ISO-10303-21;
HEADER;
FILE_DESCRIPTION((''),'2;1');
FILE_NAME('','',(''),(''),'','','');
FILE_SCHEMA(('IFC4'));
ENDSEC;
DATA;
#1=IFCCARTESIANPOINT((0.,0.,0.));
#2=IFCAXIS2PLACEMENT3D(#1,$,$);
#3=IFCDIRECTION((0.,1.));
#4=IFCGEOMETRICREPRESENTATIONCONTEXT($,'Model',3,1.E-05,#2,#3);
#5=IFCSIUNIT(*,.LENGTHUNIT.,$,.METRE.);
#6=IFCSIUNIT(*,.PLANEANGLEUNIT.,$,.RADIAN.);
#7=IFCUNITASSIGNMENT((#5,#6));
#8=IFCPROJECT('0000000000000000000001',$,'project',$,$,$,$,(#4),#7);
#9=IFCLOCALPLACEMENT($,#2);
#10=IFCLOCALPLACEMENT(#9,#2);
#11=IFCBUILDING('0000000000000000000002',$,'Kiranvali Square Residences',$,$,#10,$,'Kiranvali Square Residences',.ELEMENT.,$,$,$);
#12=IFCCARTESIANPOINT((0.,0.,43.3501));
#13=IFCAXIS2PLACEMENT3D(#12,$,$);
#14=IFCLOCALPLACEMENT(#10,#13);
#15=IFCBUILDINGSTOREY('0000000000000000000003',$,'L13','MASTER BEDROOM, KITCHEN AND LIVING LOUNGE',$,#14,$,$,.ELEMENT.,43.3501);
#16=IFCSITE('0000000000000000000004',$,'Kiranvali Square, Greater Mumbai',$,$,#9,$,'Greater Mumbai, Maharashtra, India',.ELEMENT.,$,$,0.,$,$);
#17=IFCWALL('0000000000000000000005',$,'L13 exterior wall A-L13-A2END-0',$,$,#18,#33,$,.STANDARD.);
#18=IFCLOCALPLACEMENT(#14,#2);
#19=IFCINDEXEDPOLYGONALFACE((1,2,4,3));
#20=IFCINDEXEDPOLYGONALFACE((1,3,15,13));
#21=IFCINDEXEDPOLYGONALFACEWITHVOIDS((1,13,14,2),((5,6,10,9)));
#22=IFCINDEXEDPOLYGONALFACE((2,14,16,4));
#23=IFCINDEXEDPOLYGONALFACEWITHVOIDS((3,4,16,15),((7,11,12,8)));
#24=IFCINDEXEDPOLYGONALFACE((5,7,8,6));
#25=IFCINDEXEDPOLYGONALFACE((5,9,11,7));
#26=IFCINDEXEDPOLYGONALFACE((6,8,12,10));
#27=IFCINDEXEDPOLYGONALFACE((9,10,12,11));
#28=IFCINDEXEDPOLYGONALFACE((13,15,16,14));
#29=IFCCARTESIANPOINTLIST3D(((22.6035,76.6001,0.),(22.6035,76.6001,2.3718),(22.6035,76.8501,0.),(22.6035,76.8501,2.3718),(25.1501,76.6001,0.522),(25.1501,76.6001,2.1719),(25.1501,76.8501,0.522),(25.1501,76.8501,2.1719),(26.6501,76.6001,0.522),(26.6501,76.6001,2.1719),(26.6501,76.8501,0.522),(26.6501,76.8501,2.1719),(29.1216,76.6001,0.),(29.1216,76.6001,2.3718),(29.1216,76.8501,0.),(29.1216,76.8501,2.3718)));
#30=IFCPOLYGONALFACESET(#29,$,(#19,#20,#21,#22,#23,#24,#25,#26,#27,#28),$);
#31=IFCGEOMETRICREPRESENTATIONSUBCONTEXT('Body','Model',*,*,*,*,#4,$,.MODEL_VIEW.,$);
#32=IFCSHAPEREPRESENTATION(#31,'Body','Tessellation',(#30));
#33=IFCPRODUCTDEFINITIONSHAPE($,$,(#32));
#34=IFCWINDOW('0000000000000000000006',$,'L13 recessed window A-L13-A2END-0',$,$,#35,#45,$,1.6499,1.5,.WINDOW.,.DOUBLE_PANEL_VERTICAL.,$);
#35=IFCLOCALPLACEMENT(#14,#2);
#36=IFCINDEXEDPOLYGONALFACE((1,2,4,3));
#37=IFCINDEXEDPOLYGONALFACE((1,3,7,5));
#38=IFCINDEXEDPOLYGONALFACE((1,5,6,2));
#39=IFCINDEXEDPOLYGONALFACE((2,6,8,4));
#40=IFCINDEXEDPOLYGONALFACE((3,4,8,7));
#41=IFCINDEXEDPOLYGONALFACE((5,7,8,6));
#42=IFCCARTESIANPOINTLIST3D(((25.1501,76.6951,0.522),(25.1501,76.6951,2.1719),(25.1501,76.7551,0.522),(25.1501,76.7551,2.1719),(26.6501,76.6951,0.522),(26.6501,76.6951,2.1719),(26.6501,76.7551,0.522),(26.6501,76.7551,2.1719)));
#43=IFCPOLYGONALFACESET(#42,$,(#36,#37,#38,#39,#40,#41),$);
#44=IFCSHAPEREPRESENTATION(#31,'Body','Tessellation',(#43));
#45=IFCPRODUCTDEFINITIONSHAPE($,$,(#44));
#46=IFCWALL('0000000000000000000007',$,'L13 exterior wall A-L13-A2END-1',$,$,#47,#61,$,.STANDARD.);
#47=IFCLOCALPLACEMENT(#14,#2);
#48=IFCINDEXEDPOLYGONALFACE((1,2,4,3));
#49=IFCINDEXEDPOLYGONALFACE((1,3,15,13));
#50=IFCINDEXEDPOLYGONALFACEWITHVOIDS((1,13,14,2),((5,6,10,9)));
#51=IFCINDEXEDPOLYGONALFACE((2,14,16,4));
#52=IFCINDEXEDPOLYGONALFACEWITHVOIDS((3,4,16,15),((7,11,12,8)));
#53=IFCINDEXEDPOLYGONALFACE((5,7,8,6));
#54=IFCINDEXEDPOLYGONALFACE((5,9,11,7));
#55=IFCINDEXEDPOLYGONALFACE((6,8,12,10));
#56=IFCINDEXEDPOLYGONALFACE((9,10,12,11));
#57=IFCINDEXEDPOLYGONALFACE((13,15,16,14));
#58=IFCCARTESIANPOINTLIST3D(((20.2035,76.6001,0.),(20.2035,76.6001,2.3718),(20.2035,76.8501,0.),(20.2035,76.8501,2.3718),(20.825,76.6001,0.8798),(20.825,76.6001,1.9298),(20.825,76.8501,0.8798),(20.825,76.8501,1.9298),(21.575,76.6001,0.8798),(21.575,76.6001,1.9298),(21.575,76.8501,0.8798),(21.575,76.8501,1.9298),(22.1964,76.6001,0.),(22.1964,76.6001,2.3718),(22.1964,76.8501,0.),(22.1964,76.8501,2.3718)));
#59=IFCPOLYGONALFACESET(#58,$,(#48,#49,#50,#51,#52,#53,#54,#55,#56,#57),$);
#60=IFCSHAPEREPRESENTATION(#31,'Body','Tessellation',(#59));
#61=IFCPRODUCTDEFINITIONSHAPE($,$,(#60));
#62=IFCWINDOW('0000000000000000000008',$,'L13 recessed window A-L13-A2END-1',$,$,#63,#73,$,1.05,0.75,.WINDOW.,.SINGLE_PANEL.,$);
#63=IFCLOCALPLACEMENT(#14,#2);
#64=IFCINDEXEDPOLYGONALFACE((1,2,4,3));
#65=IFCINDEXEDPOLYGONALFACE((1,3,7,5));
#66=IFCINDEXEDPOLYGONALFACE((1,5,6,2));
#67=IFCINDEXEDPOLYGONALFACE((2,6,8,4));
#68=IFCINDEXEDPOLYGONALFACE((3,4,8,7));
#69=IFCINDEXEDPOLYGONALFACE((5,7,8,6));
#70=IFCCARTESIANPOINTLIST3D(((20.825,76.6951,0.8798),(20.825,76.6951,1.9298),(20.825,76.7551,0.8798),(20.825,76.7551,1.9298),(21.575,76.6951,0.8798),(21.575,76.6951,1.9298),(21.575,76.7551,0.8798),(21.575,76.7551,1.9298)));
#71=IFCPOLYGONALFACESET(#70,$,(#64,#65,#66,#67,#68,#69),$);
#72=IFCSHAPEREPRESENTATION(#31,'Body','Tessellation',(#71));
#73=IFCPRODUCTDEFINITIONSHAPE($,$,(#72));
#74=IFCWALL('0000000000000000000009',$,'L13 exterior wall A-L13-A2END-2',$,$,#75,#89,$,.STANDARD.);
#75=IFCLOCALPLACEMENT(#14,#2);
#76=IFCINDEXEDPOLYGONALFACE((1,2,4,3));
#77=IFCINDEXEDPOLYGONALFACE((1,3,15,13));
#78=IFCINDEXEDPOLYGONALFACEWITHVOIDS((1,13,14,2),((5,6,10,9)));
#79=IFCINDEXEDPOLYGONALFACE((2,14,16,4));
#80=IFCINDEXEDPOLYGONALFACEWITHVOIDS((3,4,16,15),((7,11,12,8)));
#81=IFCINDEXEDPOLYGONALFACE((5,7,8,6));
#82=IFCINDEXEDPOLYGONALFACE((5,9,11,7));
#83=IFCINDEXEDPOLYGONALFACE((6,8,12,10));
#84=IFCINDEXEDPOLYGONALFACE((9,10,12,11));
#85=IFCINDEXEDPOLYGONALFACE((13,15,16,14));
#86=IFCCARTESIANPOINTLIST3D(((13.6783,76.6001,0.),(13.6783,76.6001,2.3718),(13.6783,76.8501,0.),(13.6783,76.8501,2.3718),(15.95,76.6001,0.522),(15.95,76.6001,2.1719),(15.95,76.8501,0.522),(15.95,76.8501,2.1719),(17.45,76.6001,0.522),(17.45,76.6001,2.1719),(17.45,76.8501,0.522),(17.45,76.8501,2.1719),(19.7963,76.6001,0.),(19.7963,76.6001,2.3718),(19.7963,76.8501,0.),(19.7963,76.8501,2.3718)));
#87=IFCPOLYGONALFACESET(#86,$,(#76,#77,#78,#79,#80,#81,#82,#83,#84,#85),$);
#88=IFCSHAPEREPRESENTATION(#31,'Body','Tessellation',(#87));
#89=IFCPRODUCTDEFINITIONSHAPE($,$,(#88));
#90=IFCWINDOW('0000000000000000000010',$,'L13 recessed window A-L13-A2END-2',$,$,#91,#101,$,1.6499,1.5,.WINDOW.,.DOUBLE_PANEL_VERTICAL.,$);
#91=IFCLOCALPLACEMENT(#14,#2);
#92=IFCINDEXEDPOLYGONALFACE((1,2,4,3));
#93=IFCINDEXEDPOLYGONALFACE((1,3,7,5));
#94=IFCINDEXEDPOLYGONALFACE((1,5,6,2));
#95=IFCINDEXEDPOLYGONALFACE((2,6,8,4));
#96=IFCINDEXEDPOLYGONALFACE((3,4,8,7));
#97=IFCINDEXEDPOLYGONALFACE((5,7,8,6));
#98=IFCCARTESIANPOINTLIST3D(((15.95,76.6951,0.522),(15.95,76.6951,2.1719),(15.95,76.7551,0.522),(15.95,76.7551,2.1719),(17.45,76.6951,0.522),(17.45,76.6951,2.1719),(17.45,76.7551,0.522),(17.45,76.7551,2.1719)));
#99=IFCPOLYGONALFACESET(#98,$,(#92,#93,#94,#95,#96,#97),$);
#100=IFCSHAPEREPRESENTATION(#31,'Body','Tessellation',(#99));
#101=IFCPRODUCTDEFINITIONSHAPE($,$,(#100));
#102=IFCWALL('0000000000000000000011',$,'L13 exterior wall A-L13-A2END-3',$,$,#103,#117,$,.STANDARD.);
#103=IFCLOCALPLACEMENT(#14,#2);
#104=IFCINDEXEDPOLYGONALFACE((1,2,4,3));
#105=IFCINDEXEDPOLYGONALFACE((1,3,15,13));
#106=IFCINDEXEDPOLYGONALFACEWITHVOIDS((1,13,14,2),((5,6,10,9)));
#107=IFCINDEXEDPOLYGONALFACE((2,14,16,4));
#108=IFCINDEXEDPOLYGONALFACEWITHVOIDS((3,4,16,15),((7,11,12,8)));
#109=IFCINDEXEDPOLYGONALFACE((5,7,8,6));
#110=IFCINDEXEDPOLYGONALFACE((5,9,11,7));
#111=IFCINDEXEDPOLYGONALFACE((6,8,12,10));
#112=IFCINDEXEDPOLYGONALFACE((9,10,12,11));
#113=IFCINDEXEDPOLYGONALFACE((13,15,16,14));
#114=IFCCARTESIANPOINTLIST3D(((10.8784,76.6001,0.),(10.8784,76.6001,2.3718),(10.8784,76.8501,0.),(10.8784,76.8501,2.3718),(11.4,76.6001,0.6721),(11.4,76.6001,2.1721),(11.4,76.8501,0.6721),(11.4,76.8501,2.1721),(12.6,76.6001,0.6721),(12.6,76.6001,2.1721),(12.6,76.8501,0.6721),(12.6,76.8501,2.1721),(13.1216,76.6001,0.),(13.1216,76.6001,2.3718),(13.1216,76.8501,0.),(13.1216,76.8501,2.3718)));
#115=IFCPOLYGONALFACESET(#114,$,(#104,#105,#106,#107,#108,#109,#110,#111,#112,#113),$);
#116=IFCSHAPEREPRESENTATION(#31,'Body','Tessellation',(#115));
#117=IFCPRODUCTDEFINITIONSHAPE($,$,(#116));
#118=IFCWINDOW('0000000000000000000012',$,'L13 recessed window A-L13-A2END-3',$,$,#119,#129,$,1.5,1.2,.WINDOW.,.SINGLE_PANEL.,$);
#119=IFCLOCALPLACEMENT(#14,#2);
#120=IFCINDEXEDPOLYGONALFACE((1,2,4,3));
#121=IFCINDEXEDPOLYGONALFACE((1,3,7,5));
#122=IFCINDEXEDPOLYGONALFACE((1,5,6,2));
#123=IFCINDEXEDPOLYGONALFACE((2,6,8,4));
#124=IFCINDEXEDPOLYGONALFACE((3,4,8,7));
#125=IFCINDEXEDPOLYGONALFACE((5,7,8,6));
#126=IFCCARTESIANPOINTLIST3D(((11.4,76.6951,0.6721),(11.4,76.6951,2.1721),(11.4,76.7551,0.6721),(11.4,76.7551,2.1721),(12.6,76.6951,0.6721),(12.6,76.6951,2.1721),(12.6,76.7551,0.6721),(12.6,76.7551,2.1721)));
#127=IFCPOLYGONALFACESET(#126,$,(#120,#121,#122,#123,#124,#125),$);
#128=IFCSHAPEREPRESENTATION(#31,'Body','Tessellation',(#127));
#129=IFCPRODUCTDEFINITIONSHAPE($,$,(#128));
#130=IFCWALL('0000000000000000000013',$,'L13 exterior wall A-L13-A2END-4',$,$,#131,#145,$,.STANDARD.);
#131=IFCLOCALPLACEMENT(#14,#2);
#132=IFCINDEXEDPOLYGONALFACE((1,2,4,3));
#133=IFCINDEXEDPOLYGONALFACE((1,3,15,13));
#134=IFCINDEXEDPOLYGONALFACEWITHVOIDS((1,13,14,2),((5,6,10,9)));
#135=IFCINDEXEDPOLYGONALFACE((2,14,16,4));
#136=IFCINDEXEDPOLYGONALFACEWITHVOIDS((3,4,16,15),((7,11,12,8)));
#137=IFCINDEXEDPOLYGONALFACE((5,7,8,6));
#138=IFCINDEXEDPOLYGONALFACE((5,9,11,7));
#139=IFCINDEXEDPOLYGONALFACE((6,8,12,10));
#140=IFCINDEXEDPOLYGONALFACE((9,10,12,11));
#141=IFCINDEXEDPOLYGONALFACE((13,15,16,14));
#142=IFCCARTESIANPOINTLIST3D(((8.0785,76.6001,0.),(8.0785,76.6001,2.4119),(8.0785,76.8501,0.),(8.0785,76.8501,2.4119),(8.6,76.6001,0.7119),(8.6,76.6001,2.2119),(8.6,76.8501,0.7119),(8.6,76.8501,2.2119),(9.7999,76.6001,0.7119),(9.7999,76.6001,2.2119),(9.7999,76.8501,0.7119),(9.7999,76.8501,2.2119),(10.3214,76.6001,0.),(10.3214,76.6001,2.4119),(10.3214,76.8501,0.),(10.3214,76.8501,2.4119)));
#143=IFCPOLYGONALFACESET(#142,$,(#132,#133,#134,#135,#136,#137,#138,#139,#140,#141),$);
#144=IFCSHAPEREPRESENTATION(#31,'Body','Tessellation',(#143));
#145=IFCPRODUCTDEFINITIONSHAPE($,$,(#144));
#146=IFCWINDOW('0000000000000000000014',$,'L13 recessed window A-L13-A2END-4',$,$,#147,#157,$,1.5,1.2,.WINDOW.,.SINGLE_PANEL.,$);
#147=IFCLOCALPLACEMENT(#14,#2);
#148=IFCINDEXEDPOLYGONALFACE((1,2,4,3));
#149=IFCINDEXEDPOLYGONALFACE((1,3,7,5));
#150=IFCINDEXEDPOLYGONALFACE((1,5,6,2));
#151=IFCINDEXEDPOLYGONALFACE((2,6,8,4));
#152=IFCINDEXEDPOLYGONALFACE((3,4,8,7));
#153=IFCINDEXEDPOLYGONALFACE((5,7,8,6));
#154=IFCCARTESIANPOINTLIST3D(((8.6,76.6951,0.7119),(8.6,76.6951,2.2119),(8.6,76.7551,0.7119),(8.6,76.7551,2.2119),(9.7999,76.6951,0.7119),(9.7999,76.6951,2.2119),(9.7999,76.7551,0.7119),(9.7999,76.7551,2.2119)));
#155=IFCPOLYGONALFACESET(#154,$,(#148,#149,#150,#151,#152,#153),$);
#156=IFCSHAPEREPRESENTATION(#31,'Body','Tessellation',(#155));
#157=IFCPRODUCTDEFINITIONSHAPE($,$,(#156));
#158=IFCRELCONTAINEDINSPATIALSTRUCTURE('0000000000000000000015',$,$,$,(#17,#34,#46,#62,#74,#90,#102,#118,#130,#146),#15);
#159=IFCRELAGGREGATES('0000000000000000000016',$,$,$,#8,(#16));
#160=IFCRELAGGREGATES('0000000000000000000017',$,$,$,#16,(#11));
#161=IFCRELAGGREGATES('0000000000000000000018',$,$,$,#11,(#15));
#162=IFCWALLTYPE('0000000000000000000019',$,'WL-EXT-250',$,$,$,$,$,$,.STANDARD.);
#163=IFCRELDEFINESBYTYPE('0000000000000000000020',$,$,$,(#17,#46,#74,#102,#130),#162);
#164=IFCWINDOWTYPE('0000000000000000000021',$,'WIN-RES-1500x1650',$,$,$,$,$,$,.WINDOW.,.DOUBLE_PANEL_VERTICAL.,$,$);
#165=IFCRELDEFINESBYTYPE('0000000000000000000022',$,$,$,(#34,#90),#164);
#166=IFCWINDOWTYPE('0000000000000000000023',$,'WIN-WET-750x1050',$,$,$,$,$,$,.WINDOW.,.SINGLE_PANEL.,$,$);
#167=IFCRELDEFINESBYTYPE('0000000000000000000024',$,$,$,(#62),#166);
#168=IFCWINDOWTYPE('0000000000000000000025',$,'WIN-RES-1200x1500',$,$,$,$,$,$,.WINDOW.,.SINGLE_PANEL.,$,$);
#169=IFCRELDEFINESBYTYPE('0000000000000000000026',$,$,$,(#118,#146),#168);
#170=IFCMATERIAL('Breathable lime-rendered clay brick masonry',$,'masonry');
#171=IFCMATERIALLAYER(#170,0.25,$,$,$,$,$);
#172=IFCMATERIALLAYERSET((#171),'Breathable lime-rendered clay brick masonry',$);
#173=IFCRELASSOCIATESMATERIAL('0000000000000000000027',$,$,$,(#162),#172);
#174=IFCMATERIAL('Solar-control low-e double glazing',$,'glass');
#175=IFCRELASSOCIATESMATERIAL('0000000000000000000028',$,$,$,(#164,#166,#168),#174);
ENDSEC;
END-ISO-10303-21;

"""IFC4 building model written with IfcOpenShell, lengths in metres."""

from ifc_helpers import new_model, si_unit, direction, frame, frame_2d, origin, place, context, subcontext, project, spatial, rectangle, extrude, material, layer, layer_set, type_object, element, fill, save


model = new_model("IFC4")

# Units and contexts
model_context = context("Model", 3, precision=1e-05, world=origin(), true_north=direction((0.0, 1.0)))
body_context = subcontext(model_context, "Body", "Model", "MODEL_VIEW")
ifc_project = project(units=[si_unit("LENGTHUNIT", "METRE"), si_unit("PLANEANGLEUNIT", "RADIAN")], contexts=[model_context])

# Site, building, storey
site_placement = place(None, origin())
site = spatial("IfcSite", under=ifc_project, at=site_placement, Name="Kiranvali Square, Greater Mumbai", LongName="Greater Mumbai, Maharashtra, India", CompositionType="ELEMENT", RefElevation=0.0)
building_placement = place(site_placement, origin())
building = spatial("IfcBuilding", under=site, at=building_placement, Name="Kiranvali Square Residences", LongName="Kiranvali Square Residences", CompositionType="ELEMENT")
storey_placement = place(building_placement, frame((0.0, 0.0, 43.3501)))
storey = spatial("IfcBuildingStorey", under=building, at=storey_placement, Name="L13", Description="MASTER BEDROOM, KITCHEN AND LIVING LOUNGE", CompositionType="ELEMENT", Elevation=43.3501)

# Walls, openings, windows
ifc_material_1 = material(Name="Breathable lime-rendered clay brick masonry", Category="masonry")
ifc_layer_1 = layer(ifc_material_1, 0.25)
ifc_layer_set_1 = layer_set([ifc_layer_1], Name="Breathable lime-rendered clay brick masonry")
wall_type = type_object("IfcWallType", Name="WL-EXT-250", PredefinedType="STANDARD", material=ifc_layer_set_1)
wall_1_placement = place(storey_placement, frame((29.1216, 76.7251, 0.0), z_axis=(0.0, 0.0, 1.0), x_axis=(-1.0, 0.0, 0.0)))
wall_1 = element("IfcWall", 1, at=wall_1_placement, inside=storey, type_object=wall_type, Name="L13 exterior wall A-L13-A2END-0", PredefinedType="STANDARD", context=body_context, shape_type="SweptSolid", body=[
    extrude(rectangle(XDim=6.5181, YDim=0.25, at=frame_2d((3.259, 0.0))), origin(), (0.0, 0.0, 1.0), 2.3718),
])
opening_1_placement = place(wall_1_placement, frame((2.4714, 0.0, 0.522)))
opening_1 = element("IfcOpeningElement", 2, at=opening_1_placement, cuts=wall_1, PredefinedType="OPENING", context=body_context, shape_type="SweptSolid", body=[
    extrude(rectangle(XDim=1.5, YDim=1.6499, at=frame_2d((0.75, 0.825))), frame((0.0, 0.135, 0.0), z_axis=(0.0, -1.0, 0.0), x_axis=(1.0, 0.0, 0.0)), (0.0, 0.0, 1.0), 0.27),
])
ifc_material_2 = material(Name="Solar-control low-e double glazing", Category="glass")
window_type_1 = type_object("IfcWindowType", Name="WIN-RES-1500x1650", PartitioningType="DOUBLE_PANEL_VERTICAL", PredefinedType="WINDOW", material=ifc_material_2)
window_1_placement = place(opening_1_placement, origin())
window_1 = element("IfcWindow", 3, at=window_1_placement, inside=storey, type_object=window_type_1, Name="L13 recessed window A-L13-A2END-0", OverallHeight=1.6499, OverallWidth=1.5, PartitioningType="DOUBLE_PANEL_VERTICAL", PredefinedType="WINDOW", context=body_context, shape_type="SweptSolid", body=[
    extrude(rectangle(XDim=1.5, YDim=1.6499, at=frame_2d((0.75, 0.825))), frame((0.0, 0.03, 0.0), z_axis=(0.0, -1.0, 0.0), x_axis=(1.0, 0.0, 0.0)), (0.0, 0.0, 1.0), 0.0601),
])
fill(opening_1, window_1)
wall_2_placement = place(storey_placement, frame((22.1965, 76.7251, 0.0), z_axis=(0.0, 0.0, 1.0), x_axis=(-1.0, 0.0, 0.0)))
wall_2 = element("IfcWall", 4, at=wall_2_placement, inside=storey, type_object=wall_type, Name="L13 exterior wall A-L13-A2END-1", PredefinedType="STANDARD", context=body_context, shape_type="SweptSolid", body=[
    extrude(rectangle(XDim=1.9929, YDim=0.25, at=frame_2d((0.9966, 0.0))), origin(), (0.0, 0.0, 1.0), 2.3718),
])
opening_2_placement = place(wall_2_placement, frame((0.6216, 0.0, 0.8799)))
opening_2 = element("IfcOpeningElement", 5, at=opening_2_placement, cuts=wall_2, PredefinedType="OPENING", context=body_context, shape_type="SweptSolid", body=[
    extrude(rectangle(XDim=0.75, YDim=1.05, at=frame_2d((0.375, 0.5249))), frame((0.0, 0.135, 0.0), z_axis=(0.0, -1.0, 0.0), x_axis=(1.0, 0.0, 0.0)), (0.0, 0.0, 1.0), 0.27),
])
window_type_2 = type_object("IfcWindowType", Name="WIN-WET-750x1050", PartitioningType="SINGLE_PANEL", PredefinedType="WINDOW", material=ifc_material_2)
window_2_placement = place(opening_2_placement, origin())
window_2 = element("IfcWindow", 6, at=window_2_placement, inside=storey, type_object=window_type_2, Name="L13 recessed window A-L13-A2END-1", OverallHeight=1.05, OverallWidth=0.75, PartitioningType="SINGLE_PANEL", PredefinedType="WINDOW", context=body_context, shape_type="SweptSolid", body=[
    extrude(rectangle(XDim=0.75, YDim=1.05, at=frame_2d((0.375, 0.5249))), frame((0.0, 0.03, 0.0), z_axis=(0.0, -1.0, 0.0), x_axis=(1.0, 0.0, 0.0)), (0.0, 0.0, 1.0), 0.0601),
])
fill(opening_2, window_2)
wall_3_placement = place(storey_placement, frame((19.7964, 76.7251, 0.0), z_axis=(0.0, 0.0, 1.0), x_axis=(-1.0, 0.0, 0.0)))
wall_3 = element("IfcWall", 7, at=wall_3_placement, inside=storey, type_object=wall_type, Name="L13 exterior wall A-L13-A2END-2", PredefinedType="STANDARD", context=body_context, shape_type="SweptSolid", body=[
    extrude(rectangle(XDim=6.1179, YDim=0.25, at=frame_2d((3.0591, 0.0))), origin(), (0.0, 0.0, 1.0), 2.3718),
])
opening_3_placement = place(wall_3_placement, frame((2.3464, 0.0, 0.522)))
opening_3 = element("IfcOpeningElement", 8, at=opening_3_placement, cuts=wall_3, PredefinedType="OPENING", context=body_context, shape_type="SweptSolid", body=[
    extrude(rectangle(XDim=1.5, YDim=1.6499, at=frame_2d((0.75, 0.825))), frame((0.0, 0.135, 0.0), z_axis=(0.0, -1.0, 0.0), x_axis=(1.0, 0.0, 0.0)), (0.0, 0.0, 1.0), 0.27),
])
window_3_placement = place(opening_3_placement, origin())
window_3 = element("IfcWindow", 9, at=window_3_placement, inside=storey, type_object=window_type_1, Name="L13 recessed window A-L13-A2END-2", OverallHeight=1.6499, OverallWidth=1.5, PartitioningType="DOUBLE_PANEL_VERTICAL", PredefinedType="WINDOW", context=body_context, shape_type="SweptSolid", body=[
    extrude(rectangle(XDim=1.5, YDim=1.6499, at=frame_2d((0.75, 0.825))), frame((0.0, 0.03, 0.0), z_axis=(0.0, -1.0, 0.0), x_axis=(1.0, 0.0, 0.0)), (0.0, 0.0, 1.0), 0.0601),
])
fill(opening_3, window_3)
wall_4_placement = place(storey_placement, frame((13.1216, 76.7251, 0.0), z_axis=(0.0, 0.0, 1.0), x_axis=(-1.0, 0.0, 0.0)))
wall_4 = element("IfcWall", 10, at=wall_4_placement, inside=storey, type_object=wall_type, Name="L13 exterior wall A-L13-A2END-3", PredefinedType="STANDARD", context=body_context, shape_type="SweptSolid", body=[
    extrude(rectangle(XDim=2.2432, YDim=0.25, at=frame_2d((1.1216, 0.0))), origin(), (0.0, 0.0, 1.0), 2.3718),
])
opening_4_placement = place(wall_4_placement, frame((0.5215, 0.0, 0.6721)))
opening_4 = element("IfcOpeningElement", 11, at=opening_4_placement, cuts=wall_4, PredefinedType="OPENING", context=body_context, shape_type="SweptSolid", body=[
    extrude(rectangle(XDim=1.2, YDim=1.5, at=frame_2d((0.6001, 0.75))), frame((0.0, 0.135, 0.0), z_axis=(0.0, -1.0, 0.0), x_axis=(1.0, 0.0, 0.0)), (0.0, 0.0, 1.0), 0.27),
])
window_type_3 = type_object("IfcWindowType", Name="WIN-RES-1200x1500", PartitioningType="SINGLE_PANEL", PredefinedType="WINDOW", material=ifc_material_2)
window_4_placement = place(opening_4_placement, origin())
window_4 = element("IfcWindow", 12, at=window_4_placement, inside=storey, type_object=window_type_3, Name="L13 recessed window A-L13-A2END-3", OverallHeight=1.5, OverallWidth=1.2, PartitioningType="SINGLE_PANEL", PredefinedType="WINDOW", context=body_context, shape_type="SweptSolid", body=[
    extrude(rectangle(XDim=1.2, YDim=1.5, at=frame_2d((0.6001, 0.75))), frame((0.0, 0.03, 0.0), z_axis=(0.0, -1.0, 0.0), x_axis=(1.0, 0.0, 0.0)), (0.0, 0.0, 1.0), 0.0601),
])
fill(opening_4, window_4)
wall_5_placement = place(storey_placement, frame((10.3215, 76.7251, 0.0), z_axis=(0.0, 0.0, 1.0), x_axis=(-1.0, 0.0, 0.0)))
wall_5 = element("IfcWall", 13, at=wall_5_placement, inside=storey, type_object=wall_type, Name="L13 exterior wall A-L13-A2END-4", PredefinedType="STANDARD", context=body_context, shape_type="SweptSolid", body=[
    extrude(rectangle(XDim=2.2429, YDim=0.25, at=frame_2d((1.1216, 0.0))), origin(), (0.0, 0.0, 1.0), 2.4119),
])
opening_5_placement = place(wall_5_placement, frame((0.5215, 0.0, 0.7119)))
opening_5 = element("IfcOpeningElement", 14, at=opening_5_placement, cuts=wall_5, PredefinedType="OPENING", context=body_context, shape_type="SweptSolid", body=[
    extrude(rectangle(XDim=1.2, YDim=1.5, at=frame_2d((0.6001, 0.75))), frame((0.0, 0.135, 0.0), z_axis=(0.0, -1.0, 0.0), x_axis=(1.0, 0.0, 0.0)), (0.0, 0.0, 1.0), 0.27),
])
window_5_placement = place(opening_5_placement, origin())
window_5 = element("IfcWindow", 15, at=window_5_placement, inside=storey, type_object=window_type_3, Name="L13 recessed window A-L13-A2END-4", OverallHeight=1.5, OverallWidth=1.2, PartitioningType="SINGLE_PANEL", PredefinedType="WINDOW", context=body_context, shape_type="SweptSolid", body=[
    extrude(rectangle(XDim=1.2, YDim=1.5, at=frame_2d((0.6001, 0.75))), frame((0.0, 0.03, 0.0), z_axis=(0.0, -1.0, 0.0), x_axis=(1.0, 0.0, 0.0)), (0.0, 0.0, 1.0), 0.0601),
])
fill(opening_5, window_5)

save(model, "model.ifc")
